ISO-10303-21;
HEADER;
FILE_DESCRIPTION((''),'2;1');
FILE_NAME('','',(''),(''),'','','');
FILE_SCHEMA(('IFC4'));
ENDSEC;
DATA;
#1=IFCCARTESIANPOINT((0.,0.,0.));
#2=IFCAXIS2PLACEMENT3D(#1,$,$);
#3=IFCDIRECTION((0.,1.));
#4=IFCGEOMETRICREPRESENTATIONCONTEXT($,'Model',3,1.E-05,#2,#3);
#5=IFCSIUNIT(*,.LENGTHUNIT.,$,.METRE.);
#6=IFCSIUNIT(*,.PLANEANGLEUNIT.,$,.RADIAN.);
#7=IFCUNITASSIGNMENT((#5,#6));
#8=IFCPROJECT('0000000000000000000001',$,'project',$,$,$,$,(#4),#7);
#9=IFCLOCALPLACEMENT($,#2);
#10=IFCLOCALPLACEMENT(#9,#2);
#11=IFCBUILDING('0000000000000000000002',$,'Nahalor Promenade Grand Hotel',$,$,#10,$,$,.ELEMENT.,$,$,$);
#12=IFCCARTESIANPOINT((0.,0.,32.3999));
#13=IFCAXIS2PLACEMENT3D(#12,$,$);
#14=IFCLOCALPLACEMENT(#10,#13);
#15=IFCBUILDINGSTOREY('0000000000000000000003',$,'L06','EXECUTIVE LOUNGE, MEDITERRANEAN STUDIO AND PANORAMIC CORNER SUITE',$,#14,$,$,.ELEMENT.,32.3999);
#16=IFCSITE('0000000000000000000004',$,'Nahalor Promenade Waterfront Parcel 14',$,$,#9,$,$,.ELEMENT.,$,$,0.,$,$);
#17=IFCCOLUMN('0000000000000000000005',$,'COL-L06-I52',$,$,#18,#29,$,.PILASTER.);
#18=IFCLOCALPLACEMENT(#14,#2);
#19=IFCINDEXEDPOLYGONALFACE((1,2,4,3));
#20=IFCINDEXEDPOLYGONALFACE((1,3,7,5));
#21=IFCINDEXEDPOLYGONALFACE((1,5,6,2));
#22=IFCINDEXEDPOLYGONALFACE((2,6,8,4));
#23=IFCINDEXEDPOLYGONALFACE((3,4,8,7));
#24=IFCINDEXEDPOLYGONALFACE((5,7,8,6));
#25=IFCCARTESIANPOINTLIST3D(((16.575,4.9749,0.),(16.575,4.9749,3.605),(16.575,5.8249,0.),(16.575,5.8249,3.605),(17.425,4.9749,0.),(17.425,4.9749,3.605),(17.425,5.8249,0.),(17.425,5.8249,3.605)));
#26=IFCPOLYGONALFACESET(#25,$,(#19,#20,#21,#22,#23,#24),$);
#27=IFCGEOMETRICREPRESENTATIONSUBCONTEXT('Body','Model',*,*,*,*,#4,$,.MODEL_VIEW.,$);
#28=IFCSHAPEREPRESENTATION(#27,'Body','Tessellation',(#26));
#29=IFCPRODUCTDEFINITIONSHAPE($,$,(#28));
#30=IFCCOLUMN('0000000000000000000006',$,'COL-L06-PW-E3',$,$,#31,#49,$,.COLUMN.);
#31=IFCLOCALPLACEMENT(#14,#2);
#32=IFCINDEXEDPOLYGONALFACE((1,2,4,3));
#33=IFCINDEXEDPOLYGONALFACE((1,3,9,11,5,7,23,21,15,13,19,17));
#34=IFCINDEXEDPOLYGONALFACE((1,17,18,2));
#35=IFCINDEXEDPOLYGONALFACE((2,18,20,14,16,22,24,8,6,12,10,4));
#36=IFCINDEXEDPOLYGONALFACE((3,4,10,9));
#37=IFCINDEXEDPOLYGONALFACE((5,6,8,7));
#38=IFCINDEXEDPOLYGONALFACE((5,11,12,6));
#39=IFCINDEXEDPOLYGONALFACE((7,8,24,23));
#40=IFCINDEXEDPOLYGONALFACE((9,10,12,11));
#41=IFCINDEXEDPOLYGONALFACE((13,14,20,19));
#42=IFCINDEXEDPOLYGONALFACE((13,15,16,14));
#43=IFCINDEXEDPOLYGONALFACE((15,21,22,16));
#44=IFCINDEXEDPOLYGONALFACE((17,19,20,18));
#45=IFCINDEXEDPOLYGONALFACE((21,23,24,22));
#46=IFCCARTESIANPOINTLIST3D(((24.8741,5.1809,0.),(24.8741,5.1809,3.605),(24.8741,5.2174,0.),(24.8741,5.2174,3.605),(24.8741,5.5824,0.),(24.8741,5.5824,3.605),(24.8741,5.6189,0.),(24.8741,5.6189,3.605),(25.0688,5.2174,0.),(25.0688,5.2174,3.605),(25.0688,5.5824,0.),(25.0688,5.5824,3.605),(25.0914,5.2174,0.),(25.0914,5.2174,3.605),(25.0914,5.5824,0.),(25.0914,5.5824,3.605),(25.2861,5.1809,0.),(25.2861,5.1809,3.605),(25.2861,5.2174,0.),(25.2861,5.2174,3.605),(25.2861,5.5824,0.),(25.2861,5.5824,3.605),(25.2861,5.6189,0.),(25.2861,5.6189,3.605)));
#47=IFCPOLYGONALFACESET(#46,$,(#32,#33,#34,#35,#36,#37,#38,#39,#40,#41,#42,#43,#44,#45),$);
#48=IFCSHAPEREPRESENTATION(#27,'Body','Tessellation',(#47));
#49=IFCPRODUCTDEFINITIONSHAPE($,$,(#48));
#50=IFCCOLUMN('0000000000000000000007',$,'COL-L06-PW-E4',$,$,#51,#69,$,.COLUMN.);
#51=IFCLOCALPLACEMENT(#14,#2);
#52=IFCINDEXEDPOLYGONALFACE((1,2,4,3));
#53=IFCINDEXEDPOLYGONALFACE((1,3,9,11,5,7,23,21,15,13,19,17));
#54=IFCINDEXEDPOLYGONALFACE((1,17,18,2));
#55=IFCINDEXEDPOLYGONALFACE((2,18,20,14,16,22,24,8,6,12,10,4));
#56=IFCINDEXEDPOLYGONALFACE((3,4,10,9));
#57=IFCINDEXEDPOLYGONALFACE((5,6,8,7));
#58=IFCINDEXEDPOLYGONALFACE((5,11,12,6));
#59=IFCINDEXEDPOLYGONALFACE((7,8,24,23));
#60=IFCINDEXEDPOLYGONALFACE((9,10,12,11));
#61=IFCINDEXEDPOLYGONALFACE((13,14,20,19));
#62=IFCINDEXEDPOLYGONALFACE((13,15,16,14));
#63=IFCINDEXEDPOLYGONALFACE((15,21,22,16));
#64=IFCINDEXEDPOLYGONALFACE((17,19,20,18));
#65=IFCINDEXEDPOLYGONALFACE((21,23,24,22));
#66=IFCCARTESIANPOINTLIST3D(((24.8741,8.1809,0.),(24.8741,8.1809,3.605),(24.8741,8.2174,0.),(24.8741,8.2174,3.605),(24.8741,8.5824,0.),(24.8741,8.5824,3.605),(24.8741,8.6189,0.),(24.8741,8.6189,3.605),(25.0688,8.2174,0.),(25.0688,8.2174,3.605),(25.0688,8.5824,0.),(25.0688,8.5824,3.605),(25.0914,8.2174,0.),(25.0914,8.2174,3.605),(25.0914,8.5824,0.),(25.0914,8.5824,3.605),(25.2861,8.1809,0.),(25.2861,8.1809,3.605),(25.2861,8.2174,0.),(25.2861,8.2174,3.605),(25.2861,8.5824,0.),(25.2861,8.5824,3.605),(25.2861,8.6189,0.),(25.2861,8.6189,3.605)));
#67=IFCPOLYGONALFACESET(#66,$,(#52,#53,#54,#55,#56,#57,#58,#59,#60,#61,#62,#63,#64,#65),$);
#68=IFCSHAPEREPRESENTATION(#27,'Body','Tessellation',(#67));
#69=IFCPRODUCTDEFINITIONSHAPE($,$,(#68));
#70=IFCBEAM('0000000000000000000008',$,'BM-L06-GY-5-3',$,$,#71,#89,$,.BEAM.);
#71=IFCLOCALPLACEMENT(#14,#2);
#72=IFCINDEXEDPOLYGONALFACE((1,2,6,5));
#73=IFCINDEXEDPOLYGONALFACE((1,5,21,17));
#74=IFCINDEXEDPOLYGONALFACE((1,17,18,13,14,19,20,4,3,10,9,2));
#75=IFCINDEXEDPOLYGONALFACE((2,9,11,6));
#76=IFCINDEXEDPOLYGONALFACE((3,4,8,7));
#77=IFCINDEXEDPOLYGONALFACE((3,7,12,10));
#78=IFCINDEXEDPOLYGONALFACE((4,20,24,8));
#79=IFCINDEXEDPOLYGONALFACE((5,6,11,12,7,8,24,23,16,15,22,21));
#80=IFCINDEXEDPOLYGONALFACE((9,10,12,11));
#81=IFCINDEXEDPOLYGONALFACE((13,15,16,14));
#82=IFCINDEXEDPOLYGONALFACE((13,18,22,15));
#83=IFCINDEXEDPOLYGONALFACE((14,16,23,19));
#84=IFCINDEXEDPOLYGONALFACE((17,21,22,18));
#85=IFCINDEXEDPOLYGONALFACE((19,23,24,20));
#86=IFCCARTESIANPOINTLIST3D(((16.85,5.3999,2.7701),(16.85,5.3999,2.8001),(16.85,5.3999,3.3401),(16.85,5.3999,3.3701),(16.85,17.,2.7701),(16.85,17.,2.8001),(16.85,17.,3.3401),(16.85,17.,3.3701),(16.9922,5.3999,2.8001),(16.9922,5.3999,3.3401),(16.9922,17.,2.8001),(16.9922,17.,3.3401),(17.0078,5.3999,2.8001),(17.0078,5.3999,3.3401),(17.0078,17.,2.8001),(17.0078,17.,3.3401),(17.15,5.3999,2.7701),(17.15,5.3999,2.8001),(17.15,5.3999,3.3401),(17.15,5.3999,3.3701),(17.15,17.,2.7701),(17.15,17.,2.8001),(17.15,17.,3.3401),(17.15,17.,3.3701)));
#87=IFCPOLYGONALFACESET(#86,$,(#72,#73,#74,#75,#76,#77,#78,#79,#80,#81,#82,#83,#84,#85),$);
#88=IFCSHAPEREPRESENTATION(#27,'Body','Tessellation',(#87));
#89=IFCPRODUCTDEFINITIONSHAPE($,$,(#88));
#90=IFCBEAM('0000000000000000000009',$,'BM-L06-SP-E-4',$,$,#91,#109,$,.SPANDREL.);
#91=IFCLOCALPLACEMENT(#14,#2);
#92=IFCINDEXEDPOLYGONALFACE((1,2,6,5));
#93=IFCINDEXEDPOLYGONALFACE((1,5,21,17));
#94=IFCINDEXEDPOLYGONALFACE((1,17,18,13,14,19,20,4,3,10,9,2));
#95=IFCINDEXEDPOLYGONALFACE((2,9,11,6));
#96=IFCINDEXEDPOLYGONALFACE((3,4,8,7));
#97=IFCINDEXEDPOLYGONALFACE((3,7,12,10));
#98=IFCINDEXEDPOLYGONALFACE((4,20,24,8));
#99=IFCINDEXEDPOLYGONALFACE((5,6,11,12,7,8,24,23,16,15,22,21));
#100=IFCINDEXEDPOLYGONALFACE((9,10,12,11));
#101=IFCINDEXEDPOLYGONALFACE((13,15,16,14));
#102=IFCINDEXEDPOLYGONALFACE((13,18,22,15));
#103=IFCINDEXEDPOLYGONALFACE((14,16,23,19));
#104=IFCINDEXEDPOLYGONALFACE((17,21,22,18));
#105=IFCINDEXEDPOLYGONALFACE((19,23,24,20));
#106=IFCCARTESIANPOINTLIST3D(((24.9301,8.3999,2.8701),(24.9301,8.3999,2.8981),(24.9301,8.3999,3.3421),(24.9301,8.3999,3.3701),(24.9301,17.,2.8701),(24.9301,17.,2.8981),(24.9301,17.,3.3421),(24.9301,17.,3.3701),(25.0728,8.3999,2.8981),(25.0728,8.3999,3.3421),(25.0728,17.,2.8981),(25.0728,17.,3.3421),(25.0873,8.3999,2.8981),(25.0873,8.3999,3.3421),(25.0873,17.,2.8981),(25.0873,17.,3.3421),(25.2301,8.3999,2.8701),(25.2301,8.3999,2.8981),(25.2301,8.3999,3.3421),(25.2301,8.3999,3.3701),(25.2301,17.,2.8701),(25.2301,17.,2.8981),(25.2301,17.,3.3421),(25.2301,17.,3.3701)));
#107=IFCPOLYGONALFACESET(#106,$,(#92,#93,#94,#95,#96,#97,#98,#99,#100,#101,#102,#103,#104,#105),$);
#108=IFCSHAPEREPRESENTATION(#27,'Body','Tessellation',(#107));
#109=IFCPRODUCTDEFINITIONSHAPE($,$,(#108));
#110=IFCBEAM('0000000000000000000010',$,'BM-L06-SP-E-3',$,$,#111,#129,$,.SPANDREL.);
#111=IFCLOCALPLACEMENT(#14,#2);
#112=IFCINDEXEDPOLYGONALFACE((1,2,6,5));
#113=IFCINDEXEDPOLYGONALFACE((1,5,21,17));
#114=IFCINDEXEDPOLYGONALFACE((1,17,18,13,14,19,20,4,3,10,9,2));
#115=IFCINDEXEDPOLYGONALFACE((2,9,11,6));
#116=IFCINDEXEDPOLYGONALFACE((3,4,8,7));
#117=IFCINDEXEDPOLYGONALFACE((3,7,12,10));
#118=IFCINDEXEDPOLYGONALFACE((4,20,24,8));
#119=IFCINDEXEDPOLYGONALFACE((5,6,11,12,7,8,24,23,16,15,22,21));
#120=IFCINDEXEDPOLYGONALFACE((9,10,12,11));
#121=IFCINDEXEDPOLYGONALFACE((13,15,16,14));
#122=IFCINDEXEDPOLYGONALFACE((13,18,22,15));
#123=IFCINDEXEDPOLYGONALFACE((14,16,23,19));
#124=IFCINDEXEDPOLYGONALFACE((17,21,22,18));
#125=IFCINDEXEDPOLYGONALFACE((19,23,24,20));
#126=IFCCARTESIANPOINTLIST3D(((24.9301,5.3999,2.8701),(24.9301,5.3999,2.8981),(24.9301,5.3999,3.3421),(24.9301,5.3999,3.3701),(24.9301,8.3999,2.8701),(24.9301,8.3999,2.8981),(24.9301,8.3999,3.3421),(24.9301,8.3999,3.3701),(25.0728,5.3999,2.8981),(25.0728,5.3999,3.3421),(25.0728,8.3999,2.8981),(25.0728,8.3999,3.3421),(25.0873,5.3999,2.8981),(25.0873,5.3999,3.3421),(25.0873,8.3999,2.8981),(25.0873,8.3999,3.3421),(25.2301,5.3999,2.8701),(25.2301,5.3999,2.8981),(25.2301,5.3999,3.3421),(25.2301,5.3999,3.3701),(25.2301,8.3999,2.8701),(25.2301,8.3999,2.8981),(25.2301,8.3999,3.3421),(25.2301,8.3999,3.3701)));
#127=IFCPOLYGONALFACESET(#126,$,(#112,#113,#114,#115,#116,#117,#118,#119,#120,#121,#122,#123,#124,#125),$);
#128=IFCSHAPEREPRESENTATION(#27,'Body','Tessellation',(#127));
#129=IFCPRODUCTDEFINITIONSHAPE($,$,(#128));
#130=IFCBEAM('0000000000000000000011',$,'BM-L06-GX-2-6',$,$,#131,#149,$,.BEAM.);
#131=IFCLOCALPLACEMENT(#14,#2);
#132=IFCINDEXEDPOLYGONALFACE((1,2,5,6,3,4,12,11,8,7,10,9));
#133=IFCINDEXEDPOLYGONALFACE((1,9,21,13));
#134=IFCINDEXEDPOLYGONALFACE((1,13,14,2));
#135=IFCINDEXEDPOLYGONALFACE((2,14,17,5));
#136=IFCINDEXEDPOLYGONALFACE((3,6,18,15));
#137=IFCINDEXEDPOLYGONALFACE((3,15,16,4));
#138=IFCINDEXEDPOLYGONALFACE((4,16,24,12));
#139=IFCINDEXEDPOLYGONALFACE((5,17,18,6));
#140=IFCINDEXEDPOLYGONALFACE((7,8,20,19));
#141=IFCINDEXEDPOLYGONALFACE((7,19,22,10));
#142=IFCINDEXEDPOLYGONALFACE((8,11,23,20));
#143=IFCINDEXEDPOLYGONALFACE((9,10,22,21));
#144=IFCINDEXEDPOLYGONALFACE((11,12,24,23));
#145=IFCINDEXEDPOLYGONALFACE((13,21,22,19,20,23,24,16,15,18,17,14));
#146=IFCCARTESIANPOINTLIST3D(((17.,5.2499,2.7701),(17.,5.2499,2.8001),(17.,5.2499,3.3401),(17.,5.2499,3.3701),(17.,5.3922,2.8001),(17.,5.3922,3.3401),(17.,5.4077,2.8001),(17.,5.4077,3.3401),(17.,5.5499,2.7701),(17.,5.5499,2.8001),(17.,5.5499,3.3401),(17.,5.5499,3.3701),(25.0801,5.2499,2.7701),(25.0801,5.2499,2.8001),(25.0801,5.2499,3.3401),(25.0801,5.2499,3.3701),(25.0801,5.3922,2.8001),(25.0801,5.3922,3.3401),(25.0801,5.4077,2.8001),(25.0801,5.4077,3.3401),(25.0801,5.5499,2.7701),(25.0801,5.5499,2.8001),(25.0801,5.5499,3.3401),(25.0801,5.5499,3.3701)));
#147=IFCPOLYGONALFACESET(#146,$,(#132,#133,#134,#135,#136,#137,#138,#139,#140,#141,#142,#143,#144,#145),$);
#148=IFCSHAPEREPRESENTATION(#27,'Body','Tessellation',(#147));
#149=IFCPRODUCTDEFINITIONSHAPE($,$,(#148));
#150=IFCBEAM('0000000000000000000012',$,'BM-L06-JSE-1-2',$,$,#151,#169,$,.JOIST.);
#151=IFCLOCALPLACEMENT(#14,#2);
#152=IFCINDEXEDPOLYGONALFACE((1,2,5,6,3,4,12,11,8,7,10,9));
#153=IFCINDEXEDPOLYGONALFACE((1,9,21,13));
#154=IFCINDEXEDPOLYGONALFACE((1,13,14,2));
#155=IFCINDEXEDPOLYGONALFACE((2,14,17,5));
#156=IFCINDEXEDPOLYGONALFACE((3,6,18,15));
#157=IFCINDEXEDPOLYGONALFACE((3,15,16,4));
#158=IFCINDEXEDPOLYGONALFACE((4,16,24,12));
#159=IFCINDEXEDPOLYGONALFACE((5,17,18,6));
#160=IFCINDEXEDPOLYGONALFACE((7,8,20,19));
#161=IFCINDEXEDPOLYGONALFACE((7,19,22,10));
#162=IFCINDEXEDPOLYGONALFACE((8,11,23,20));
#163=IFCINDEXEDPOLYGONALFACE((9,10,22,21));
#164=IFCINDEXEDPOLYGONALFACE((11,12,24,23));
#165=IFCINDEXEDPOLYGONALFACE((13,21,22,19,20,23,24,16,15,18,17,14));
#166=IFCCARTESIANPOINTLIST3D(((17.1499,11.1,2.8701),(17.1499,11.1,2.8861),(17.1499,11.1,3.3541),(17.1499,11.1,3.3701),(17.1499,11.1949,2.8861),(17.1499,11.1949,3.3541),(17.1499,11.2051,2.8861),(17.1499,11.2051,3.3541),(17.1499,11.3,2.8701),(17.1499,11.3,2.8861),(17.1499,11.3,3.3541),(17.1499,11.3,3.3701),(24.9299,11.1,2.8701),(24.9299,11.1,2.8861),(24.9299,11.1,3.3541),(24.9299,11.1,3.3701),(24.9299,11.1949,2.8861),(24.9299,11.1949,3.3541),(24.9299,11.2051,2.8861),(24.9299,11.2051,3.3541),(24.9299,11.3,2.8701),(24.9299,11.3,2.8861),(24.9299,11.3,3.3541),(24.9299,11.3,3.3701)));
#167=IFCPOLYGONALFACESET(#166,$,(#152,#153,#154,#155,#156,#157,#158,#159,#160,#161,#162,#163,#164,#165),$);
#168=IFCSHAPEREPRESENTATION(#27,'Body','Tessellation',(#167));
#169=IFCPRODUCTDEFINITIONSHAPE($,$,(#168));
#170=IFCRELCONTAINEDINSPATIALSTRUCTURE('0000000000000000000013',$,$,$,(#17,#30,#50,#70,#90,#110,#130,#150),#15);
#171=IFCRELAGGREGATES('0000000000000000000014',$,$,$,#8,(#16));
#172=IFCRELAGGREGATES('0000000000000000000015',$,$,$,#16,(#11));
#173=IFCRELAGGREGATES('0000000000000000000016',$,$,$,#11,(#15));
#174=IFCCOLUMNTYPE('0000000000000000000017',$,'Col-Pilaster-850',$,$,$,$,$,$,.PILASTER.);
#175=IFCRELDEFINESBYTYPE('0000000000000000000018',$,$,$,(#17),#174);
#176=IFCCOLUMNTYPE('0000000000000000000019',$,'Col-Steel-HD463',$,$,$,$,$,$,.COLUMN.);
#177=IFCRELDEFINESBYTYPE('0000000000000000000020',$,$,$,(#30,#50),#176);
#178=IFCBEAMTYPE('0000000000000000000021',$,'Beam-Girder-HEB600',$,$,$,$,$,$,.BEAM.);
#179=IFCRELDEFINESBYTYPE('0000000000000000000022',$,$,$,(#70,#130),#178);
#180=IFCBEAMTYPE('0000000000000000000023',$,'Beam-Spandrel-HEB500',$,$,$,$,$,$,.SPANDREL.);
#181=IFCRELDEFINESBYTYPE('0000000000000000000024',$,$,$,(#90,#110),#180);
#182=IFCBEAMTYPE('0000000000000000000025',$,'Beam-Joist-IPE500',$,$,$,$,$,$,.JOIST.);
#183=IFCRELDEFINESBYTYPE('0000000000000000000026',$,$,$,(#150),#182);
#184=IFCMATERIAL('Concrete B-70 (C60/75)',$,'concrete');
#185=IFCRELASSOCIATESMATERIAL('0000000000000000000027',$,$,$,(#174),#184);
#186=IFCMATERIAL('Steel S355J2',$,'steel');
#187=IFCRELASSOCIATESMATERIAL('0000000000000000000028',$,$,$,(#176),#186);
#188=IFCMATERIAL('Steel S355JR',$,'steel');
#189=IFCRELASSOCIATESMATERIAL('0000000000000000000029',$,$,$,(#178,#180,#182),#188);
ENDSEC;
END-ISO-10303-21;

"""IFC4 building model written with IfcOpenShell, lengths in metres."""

from ifc_helpers import new_model, si_unit, direction, frame, origin, origin_2d, place, context, subcontext, project, spatial, rectangle, i_section, extrude, source, transform, mapped, material, material_profile, profile_set, type_object, element, save


model = new_model("IFC4")

# Units and contexts
model_context = context("Model", 3, precision=1e-05, world=origin(), true_north=direction((0.0, 1.0)))
body_context = subcontext(model_context, "Body", "Model", "MODEL_VIEW")
ifc_project = project(units=[si_unit("LENGTHUNIT", "METRE"), si_unit("PLANEANGLEUNIT", "RADIAN")], contexts=[model_context])

# Site, building, storey
site_placement = place(None, origin())
site = spatial("IfcSite", under=ifc_project, at=site_placement, Name="Nahalor Promenade Waterfront Parcel 14", CompositionType="ELEMENT", RefElevation=0.0)
building_placement = place(site_placement, origin())
building = spatial("IfcBuilding", under=site, at=building_placement, Name="Nahalor Promenade Grand Hotel", CompositionType="ELEMENT")
storey_placement = place(building_placement, frame((0.0, 0.0, 32.3999)))
storey = spatial("IfcBuildingStorey", under=building, at=storey_placement, Name="L06", Description="EXECUTIVE LOUNGE, MEDITERRANEAN STUDIO AND PANORAMIC CORNER SUITE", CompositionType="ELEMENT", Elevation=32.3999)

# Columns
ifc_material_1 = material(Name="Concrete B-70 (C60/75)", Category="concrete")
ifc_material_profile_1 = material_profile(ifc_material_1, rectangle(XDim=0.85, YDim=0.85, at=origin_2d()), Name="RC 850x850")
ifc_profile_set_1 = profile_set([ifc_material_profile_1], Name="Concrete B-70 (C60/75)")
column_type_1 = type_object("IfcColumnType", Name="Col-Pilaster-850", PredefinedType="PILASTER", material=ifc_profile_set_1)
shared_shape_1 = source(origin(), body_context, "Body", "SweptSolid", [
    extrude(rectangle(XDim=0.85, YDim=0.85, at=origin_2d()), origin(), (0.0, 0.0, 1.0), 3.605),
])
column_placement = place(storey_placement, frame((17.0, 5.3999, 0.0), z_axis=(0.0, 0.0, 1.0), x_axis=(1.0, 0.0, 0.0)))
element("IfcColumn", 1, at=column_placement, inside=storey, type_object=column_type_1, Name="COL-L06-I52", PredefinedType="PILASTER", context=body_context, shape_type="MappedRepresentation", body=[
    mapped(shared_shape_1, transform((0.0, 0.0, 0.0), scale=1.0)),
])
ifc_material_2 = material(Name="Steel S355J2", Category="steel")
ifc_material_profile_2 = material_profile(ifc_material_2, i_section(OverallWidth=0.412, OverallDepth=0.438, WebThickness=0.0226, FlangeThickness=0.0365, at=origin_2d()), Name="HD 400x463")
ifc_profile_set_2 = profile_set([ifc_material_profile_2], Name="Steel S355J2")
column_type_2 = type_object("IfcColumnType", Name="Col-Steel-HD463", PredefinedType="COLUMN", material=ifc_profile_set_2)
shared_shape_2 = source(origin(), body_context, "Body", "SweptSolid", [
    extrude(i_section(OverallWidth=0.412, OverallDepth=0.438, WebThickness=0.0226, FlangeThickness=0.0365, at=origin_2d()), origin(), (0.0, 0.0, 1.0), 3.605),
])
for number, where, z_axis, x_axis, name in (
    (2, (25.0801, 5.3999, 0.0), (0.0, 0.0, 1.0), (1.0, 0.0, 0.0), "COL-L06-PW-E3"),
    (3, (25.0801, 8.3999, 0.0), (0.0, 0.0, 1.0), (1.0, 0.0, 0.0), "COL-L06-PW-E4"),
):
    element("IfcColumn", number, at=place(storey_placement, frame(where, z_axis=z_axis, x_axis=x_axis)), inside=storey, type_object=column_type_2, Name=name, PredefinedType="COLUMN", context=body_context, shape_type="MappedRepresentation", body=[
        mapped(shared_shape_2, transform((0.0, 0.0, 0.0), scale=1.0)),
    ])

# Beams
ifc_material_3 = material(Name="Steel S355JR", Category="steel")
ifc_material_profile_3 = material_profile(ifc_material_3, i_section(OverallWidth=0.3, OverallDepth=0.6, WebThickness=0.0155, FlangeThickness=0.03, at=origin_2d()), Name="HEB 600")
ifc_profile_set_3 = profile_set([ifc_material_profile_3], Name="Steel S355JR")
beam_type_1 = type_object("IfcBeamType", Name="Beam-Girder-HEB600", PredefinedType="BEAM", material=ifc_profile_set_3)
shared_shape_3 = source(origin(), body_context, "Body", "SweptSolid", [
    extrude(i_section(OverallWidth=0.3, OverallDepth=0.6, WebThickness=0.0155, FlangeThickness=0.03, at=origin_2d()), origin(), (0.0, 0.0, 1.0), 11.6001),
])
beam_1_placement = place(storey_placement, frame((17.0, 5.3999, 3.0701), z_axis=(0.0, 1.0, 0.0), x_axis=(-1.0, 0.0, 0.0)))
element("IfcBeam", 4, at=beam_1_placement, inside=storey, type_object=beam_type_1, Name="BM-L06-GY-5-3", PredefinedType="BEAM", context=body_context, shape_type="MappedRepresentation", body=[
    mapped(shared_shape_3, transform((0.0, 0.0, 0.0), scale=1.0)),
])
ifc_material_profile_4 = material_profile(ifc_material_3, i_section(OverallWidth=0.3, OverallDepth=0.5, WebThickness=0.0145, FlangeThickness=0.028, at=origin_2d()), Name="HEB 500")
ifc_profile_set_4 = profile_set([ifc_material_profile_4], Name="Steel S355JR")
beam_type_2 = type_object("IfcBeamType", Name="Beam-Spandrel-HEB500", PredefinedType="SPANDREL", material=ifc_profile_set_4)
shared_shape_4 = source(origin(), body_context, "Body", "SweptSolid", [
    extrude(i_section(OverallWidth=0.3, OverallDepth=0.5, WebThickness=0.0145, FlangeThickness=0.028, at=origin_2d()), origin(), (0.0, 0.0, 1.0), 8.6001),
])
beam_2_placement = place(storey_placement, frame((25.0801, 8.3999, 3.1201), z_axis=(0.0, 1.0, 0.0), x_axis=(-1.0, 0.0, 0.0)))
element("IfcBeam", 5, at=beam_2_placement, inside=storey, type_object=beam_type_2, Name="BM-L06-SP-E-4", PredefinedType="SPANDREL", context=body_context, shape_type="MappedRepresentation", body=[
    mapped(shared_shape_4, transform((0.0, 0.0, 0.0), scale=1.0)),
])
shared_shape_5 = source(origin(), body_context, "Body", "SweptSolid", [
    extrude(i_section(OverallWidth=0.3, OverallDepth=0.5, WebThickness=0.0145, FlangeThickness=0.028, at=origin_2d()), origin(), (0.0, 0.0, 1.0), 3.0),
])
beam_3_placement = place(storey_placement, frame((25.0801, 5.3999, 3.1201), z_axis=(0.0, 1.0, 0.0), x_axis=(-1.0, 0.0, 0.0)))
element("IfcBeam", 6, at=beam_3_placement, inside=storey, type_object=beam_type_2, Name="BM-L06-SP-E-3", PredefinedType="SPANDREL", context=body_context, shape_type="MappedRepresentation", body=[
    mapped(shared_shape_5, transform((0.0, 0.0, 0.0), scale=1.0)),
])
shared_shape_6 = source(origin(), body_context, "Body", "SweptSolid", [
    extrude(i_section(OverallWidth=0.3, OverallDepth=0.6, WebThickness=0.0155, FlangeThickness=0.03, at=origin_2d()), origin(), (0.0, 0.0, 1.0), 8.0801),
])
beam_4_placement = place(storey_placement, frame((17.0, 5.3999, 3.0701), z_axis=(1.0, 0.0, 0.0), x_axis=(0.0, 1.0, 0.0)))
element("IfcBeam", 7, at=beam_4_placement, inside=storey, type_object=beam_type_1, Name="BM-L06-GX-2-6", PredefinedType="BEAM", context=body_context, shape_type="MappedRepresentation", body=[
    mapped(shared_shape_6, transform((0.0, 0.0, 0.0), scale=1.0)),
])
ifc_material_profile_5 = material_profile(ifc_material_3, i_section(OverallWidth=0.2, OverallDepth=0.5, WebThickness=0.0102, FlangeThickness=0.016, at=origin_2d()), Name="IPE 500")
ifc_profile_set_5 = profile_set([ifc_material_profile_5], Name="Steel S355JR")
beam_type_3 = type_object("IfcBeamType", Name="Beam-Joist-IPE500", PredefinedType="JOIST", material=ifc_profile_set_5)
shared_shape_7 = source(origin(), body_context, "Body", "SweptSolid", [
    extrude(i_section(OverallWidth=0.2, OverallDepth=0.5, WebThickness=0.0102, FlangeThickness=0.016, at=origin_2d()), origin(), (0.0, 0.0, 1.0), 7.78),
])
beam_5_placement = place(storey_placement, frame((17.1499, 11.2, 3.1201), z_axis=(1.0, 0.0, 0.0), x_axis=(0.0, 1.0, 0.0)))
element("IfcBeam", 8, at=beam_5_placement, inside=storey, type_object=beam_type_3, Name="BM-L06-JSE-1-2", PredefinedType="JOIST", context=body_context, shape_type="MappedRepresentation", body=[
    mapped(shared_shape_7, transform((0.0, 0.0, 0.0), scale=1.0)),
])

save(model, "model.ifc")
